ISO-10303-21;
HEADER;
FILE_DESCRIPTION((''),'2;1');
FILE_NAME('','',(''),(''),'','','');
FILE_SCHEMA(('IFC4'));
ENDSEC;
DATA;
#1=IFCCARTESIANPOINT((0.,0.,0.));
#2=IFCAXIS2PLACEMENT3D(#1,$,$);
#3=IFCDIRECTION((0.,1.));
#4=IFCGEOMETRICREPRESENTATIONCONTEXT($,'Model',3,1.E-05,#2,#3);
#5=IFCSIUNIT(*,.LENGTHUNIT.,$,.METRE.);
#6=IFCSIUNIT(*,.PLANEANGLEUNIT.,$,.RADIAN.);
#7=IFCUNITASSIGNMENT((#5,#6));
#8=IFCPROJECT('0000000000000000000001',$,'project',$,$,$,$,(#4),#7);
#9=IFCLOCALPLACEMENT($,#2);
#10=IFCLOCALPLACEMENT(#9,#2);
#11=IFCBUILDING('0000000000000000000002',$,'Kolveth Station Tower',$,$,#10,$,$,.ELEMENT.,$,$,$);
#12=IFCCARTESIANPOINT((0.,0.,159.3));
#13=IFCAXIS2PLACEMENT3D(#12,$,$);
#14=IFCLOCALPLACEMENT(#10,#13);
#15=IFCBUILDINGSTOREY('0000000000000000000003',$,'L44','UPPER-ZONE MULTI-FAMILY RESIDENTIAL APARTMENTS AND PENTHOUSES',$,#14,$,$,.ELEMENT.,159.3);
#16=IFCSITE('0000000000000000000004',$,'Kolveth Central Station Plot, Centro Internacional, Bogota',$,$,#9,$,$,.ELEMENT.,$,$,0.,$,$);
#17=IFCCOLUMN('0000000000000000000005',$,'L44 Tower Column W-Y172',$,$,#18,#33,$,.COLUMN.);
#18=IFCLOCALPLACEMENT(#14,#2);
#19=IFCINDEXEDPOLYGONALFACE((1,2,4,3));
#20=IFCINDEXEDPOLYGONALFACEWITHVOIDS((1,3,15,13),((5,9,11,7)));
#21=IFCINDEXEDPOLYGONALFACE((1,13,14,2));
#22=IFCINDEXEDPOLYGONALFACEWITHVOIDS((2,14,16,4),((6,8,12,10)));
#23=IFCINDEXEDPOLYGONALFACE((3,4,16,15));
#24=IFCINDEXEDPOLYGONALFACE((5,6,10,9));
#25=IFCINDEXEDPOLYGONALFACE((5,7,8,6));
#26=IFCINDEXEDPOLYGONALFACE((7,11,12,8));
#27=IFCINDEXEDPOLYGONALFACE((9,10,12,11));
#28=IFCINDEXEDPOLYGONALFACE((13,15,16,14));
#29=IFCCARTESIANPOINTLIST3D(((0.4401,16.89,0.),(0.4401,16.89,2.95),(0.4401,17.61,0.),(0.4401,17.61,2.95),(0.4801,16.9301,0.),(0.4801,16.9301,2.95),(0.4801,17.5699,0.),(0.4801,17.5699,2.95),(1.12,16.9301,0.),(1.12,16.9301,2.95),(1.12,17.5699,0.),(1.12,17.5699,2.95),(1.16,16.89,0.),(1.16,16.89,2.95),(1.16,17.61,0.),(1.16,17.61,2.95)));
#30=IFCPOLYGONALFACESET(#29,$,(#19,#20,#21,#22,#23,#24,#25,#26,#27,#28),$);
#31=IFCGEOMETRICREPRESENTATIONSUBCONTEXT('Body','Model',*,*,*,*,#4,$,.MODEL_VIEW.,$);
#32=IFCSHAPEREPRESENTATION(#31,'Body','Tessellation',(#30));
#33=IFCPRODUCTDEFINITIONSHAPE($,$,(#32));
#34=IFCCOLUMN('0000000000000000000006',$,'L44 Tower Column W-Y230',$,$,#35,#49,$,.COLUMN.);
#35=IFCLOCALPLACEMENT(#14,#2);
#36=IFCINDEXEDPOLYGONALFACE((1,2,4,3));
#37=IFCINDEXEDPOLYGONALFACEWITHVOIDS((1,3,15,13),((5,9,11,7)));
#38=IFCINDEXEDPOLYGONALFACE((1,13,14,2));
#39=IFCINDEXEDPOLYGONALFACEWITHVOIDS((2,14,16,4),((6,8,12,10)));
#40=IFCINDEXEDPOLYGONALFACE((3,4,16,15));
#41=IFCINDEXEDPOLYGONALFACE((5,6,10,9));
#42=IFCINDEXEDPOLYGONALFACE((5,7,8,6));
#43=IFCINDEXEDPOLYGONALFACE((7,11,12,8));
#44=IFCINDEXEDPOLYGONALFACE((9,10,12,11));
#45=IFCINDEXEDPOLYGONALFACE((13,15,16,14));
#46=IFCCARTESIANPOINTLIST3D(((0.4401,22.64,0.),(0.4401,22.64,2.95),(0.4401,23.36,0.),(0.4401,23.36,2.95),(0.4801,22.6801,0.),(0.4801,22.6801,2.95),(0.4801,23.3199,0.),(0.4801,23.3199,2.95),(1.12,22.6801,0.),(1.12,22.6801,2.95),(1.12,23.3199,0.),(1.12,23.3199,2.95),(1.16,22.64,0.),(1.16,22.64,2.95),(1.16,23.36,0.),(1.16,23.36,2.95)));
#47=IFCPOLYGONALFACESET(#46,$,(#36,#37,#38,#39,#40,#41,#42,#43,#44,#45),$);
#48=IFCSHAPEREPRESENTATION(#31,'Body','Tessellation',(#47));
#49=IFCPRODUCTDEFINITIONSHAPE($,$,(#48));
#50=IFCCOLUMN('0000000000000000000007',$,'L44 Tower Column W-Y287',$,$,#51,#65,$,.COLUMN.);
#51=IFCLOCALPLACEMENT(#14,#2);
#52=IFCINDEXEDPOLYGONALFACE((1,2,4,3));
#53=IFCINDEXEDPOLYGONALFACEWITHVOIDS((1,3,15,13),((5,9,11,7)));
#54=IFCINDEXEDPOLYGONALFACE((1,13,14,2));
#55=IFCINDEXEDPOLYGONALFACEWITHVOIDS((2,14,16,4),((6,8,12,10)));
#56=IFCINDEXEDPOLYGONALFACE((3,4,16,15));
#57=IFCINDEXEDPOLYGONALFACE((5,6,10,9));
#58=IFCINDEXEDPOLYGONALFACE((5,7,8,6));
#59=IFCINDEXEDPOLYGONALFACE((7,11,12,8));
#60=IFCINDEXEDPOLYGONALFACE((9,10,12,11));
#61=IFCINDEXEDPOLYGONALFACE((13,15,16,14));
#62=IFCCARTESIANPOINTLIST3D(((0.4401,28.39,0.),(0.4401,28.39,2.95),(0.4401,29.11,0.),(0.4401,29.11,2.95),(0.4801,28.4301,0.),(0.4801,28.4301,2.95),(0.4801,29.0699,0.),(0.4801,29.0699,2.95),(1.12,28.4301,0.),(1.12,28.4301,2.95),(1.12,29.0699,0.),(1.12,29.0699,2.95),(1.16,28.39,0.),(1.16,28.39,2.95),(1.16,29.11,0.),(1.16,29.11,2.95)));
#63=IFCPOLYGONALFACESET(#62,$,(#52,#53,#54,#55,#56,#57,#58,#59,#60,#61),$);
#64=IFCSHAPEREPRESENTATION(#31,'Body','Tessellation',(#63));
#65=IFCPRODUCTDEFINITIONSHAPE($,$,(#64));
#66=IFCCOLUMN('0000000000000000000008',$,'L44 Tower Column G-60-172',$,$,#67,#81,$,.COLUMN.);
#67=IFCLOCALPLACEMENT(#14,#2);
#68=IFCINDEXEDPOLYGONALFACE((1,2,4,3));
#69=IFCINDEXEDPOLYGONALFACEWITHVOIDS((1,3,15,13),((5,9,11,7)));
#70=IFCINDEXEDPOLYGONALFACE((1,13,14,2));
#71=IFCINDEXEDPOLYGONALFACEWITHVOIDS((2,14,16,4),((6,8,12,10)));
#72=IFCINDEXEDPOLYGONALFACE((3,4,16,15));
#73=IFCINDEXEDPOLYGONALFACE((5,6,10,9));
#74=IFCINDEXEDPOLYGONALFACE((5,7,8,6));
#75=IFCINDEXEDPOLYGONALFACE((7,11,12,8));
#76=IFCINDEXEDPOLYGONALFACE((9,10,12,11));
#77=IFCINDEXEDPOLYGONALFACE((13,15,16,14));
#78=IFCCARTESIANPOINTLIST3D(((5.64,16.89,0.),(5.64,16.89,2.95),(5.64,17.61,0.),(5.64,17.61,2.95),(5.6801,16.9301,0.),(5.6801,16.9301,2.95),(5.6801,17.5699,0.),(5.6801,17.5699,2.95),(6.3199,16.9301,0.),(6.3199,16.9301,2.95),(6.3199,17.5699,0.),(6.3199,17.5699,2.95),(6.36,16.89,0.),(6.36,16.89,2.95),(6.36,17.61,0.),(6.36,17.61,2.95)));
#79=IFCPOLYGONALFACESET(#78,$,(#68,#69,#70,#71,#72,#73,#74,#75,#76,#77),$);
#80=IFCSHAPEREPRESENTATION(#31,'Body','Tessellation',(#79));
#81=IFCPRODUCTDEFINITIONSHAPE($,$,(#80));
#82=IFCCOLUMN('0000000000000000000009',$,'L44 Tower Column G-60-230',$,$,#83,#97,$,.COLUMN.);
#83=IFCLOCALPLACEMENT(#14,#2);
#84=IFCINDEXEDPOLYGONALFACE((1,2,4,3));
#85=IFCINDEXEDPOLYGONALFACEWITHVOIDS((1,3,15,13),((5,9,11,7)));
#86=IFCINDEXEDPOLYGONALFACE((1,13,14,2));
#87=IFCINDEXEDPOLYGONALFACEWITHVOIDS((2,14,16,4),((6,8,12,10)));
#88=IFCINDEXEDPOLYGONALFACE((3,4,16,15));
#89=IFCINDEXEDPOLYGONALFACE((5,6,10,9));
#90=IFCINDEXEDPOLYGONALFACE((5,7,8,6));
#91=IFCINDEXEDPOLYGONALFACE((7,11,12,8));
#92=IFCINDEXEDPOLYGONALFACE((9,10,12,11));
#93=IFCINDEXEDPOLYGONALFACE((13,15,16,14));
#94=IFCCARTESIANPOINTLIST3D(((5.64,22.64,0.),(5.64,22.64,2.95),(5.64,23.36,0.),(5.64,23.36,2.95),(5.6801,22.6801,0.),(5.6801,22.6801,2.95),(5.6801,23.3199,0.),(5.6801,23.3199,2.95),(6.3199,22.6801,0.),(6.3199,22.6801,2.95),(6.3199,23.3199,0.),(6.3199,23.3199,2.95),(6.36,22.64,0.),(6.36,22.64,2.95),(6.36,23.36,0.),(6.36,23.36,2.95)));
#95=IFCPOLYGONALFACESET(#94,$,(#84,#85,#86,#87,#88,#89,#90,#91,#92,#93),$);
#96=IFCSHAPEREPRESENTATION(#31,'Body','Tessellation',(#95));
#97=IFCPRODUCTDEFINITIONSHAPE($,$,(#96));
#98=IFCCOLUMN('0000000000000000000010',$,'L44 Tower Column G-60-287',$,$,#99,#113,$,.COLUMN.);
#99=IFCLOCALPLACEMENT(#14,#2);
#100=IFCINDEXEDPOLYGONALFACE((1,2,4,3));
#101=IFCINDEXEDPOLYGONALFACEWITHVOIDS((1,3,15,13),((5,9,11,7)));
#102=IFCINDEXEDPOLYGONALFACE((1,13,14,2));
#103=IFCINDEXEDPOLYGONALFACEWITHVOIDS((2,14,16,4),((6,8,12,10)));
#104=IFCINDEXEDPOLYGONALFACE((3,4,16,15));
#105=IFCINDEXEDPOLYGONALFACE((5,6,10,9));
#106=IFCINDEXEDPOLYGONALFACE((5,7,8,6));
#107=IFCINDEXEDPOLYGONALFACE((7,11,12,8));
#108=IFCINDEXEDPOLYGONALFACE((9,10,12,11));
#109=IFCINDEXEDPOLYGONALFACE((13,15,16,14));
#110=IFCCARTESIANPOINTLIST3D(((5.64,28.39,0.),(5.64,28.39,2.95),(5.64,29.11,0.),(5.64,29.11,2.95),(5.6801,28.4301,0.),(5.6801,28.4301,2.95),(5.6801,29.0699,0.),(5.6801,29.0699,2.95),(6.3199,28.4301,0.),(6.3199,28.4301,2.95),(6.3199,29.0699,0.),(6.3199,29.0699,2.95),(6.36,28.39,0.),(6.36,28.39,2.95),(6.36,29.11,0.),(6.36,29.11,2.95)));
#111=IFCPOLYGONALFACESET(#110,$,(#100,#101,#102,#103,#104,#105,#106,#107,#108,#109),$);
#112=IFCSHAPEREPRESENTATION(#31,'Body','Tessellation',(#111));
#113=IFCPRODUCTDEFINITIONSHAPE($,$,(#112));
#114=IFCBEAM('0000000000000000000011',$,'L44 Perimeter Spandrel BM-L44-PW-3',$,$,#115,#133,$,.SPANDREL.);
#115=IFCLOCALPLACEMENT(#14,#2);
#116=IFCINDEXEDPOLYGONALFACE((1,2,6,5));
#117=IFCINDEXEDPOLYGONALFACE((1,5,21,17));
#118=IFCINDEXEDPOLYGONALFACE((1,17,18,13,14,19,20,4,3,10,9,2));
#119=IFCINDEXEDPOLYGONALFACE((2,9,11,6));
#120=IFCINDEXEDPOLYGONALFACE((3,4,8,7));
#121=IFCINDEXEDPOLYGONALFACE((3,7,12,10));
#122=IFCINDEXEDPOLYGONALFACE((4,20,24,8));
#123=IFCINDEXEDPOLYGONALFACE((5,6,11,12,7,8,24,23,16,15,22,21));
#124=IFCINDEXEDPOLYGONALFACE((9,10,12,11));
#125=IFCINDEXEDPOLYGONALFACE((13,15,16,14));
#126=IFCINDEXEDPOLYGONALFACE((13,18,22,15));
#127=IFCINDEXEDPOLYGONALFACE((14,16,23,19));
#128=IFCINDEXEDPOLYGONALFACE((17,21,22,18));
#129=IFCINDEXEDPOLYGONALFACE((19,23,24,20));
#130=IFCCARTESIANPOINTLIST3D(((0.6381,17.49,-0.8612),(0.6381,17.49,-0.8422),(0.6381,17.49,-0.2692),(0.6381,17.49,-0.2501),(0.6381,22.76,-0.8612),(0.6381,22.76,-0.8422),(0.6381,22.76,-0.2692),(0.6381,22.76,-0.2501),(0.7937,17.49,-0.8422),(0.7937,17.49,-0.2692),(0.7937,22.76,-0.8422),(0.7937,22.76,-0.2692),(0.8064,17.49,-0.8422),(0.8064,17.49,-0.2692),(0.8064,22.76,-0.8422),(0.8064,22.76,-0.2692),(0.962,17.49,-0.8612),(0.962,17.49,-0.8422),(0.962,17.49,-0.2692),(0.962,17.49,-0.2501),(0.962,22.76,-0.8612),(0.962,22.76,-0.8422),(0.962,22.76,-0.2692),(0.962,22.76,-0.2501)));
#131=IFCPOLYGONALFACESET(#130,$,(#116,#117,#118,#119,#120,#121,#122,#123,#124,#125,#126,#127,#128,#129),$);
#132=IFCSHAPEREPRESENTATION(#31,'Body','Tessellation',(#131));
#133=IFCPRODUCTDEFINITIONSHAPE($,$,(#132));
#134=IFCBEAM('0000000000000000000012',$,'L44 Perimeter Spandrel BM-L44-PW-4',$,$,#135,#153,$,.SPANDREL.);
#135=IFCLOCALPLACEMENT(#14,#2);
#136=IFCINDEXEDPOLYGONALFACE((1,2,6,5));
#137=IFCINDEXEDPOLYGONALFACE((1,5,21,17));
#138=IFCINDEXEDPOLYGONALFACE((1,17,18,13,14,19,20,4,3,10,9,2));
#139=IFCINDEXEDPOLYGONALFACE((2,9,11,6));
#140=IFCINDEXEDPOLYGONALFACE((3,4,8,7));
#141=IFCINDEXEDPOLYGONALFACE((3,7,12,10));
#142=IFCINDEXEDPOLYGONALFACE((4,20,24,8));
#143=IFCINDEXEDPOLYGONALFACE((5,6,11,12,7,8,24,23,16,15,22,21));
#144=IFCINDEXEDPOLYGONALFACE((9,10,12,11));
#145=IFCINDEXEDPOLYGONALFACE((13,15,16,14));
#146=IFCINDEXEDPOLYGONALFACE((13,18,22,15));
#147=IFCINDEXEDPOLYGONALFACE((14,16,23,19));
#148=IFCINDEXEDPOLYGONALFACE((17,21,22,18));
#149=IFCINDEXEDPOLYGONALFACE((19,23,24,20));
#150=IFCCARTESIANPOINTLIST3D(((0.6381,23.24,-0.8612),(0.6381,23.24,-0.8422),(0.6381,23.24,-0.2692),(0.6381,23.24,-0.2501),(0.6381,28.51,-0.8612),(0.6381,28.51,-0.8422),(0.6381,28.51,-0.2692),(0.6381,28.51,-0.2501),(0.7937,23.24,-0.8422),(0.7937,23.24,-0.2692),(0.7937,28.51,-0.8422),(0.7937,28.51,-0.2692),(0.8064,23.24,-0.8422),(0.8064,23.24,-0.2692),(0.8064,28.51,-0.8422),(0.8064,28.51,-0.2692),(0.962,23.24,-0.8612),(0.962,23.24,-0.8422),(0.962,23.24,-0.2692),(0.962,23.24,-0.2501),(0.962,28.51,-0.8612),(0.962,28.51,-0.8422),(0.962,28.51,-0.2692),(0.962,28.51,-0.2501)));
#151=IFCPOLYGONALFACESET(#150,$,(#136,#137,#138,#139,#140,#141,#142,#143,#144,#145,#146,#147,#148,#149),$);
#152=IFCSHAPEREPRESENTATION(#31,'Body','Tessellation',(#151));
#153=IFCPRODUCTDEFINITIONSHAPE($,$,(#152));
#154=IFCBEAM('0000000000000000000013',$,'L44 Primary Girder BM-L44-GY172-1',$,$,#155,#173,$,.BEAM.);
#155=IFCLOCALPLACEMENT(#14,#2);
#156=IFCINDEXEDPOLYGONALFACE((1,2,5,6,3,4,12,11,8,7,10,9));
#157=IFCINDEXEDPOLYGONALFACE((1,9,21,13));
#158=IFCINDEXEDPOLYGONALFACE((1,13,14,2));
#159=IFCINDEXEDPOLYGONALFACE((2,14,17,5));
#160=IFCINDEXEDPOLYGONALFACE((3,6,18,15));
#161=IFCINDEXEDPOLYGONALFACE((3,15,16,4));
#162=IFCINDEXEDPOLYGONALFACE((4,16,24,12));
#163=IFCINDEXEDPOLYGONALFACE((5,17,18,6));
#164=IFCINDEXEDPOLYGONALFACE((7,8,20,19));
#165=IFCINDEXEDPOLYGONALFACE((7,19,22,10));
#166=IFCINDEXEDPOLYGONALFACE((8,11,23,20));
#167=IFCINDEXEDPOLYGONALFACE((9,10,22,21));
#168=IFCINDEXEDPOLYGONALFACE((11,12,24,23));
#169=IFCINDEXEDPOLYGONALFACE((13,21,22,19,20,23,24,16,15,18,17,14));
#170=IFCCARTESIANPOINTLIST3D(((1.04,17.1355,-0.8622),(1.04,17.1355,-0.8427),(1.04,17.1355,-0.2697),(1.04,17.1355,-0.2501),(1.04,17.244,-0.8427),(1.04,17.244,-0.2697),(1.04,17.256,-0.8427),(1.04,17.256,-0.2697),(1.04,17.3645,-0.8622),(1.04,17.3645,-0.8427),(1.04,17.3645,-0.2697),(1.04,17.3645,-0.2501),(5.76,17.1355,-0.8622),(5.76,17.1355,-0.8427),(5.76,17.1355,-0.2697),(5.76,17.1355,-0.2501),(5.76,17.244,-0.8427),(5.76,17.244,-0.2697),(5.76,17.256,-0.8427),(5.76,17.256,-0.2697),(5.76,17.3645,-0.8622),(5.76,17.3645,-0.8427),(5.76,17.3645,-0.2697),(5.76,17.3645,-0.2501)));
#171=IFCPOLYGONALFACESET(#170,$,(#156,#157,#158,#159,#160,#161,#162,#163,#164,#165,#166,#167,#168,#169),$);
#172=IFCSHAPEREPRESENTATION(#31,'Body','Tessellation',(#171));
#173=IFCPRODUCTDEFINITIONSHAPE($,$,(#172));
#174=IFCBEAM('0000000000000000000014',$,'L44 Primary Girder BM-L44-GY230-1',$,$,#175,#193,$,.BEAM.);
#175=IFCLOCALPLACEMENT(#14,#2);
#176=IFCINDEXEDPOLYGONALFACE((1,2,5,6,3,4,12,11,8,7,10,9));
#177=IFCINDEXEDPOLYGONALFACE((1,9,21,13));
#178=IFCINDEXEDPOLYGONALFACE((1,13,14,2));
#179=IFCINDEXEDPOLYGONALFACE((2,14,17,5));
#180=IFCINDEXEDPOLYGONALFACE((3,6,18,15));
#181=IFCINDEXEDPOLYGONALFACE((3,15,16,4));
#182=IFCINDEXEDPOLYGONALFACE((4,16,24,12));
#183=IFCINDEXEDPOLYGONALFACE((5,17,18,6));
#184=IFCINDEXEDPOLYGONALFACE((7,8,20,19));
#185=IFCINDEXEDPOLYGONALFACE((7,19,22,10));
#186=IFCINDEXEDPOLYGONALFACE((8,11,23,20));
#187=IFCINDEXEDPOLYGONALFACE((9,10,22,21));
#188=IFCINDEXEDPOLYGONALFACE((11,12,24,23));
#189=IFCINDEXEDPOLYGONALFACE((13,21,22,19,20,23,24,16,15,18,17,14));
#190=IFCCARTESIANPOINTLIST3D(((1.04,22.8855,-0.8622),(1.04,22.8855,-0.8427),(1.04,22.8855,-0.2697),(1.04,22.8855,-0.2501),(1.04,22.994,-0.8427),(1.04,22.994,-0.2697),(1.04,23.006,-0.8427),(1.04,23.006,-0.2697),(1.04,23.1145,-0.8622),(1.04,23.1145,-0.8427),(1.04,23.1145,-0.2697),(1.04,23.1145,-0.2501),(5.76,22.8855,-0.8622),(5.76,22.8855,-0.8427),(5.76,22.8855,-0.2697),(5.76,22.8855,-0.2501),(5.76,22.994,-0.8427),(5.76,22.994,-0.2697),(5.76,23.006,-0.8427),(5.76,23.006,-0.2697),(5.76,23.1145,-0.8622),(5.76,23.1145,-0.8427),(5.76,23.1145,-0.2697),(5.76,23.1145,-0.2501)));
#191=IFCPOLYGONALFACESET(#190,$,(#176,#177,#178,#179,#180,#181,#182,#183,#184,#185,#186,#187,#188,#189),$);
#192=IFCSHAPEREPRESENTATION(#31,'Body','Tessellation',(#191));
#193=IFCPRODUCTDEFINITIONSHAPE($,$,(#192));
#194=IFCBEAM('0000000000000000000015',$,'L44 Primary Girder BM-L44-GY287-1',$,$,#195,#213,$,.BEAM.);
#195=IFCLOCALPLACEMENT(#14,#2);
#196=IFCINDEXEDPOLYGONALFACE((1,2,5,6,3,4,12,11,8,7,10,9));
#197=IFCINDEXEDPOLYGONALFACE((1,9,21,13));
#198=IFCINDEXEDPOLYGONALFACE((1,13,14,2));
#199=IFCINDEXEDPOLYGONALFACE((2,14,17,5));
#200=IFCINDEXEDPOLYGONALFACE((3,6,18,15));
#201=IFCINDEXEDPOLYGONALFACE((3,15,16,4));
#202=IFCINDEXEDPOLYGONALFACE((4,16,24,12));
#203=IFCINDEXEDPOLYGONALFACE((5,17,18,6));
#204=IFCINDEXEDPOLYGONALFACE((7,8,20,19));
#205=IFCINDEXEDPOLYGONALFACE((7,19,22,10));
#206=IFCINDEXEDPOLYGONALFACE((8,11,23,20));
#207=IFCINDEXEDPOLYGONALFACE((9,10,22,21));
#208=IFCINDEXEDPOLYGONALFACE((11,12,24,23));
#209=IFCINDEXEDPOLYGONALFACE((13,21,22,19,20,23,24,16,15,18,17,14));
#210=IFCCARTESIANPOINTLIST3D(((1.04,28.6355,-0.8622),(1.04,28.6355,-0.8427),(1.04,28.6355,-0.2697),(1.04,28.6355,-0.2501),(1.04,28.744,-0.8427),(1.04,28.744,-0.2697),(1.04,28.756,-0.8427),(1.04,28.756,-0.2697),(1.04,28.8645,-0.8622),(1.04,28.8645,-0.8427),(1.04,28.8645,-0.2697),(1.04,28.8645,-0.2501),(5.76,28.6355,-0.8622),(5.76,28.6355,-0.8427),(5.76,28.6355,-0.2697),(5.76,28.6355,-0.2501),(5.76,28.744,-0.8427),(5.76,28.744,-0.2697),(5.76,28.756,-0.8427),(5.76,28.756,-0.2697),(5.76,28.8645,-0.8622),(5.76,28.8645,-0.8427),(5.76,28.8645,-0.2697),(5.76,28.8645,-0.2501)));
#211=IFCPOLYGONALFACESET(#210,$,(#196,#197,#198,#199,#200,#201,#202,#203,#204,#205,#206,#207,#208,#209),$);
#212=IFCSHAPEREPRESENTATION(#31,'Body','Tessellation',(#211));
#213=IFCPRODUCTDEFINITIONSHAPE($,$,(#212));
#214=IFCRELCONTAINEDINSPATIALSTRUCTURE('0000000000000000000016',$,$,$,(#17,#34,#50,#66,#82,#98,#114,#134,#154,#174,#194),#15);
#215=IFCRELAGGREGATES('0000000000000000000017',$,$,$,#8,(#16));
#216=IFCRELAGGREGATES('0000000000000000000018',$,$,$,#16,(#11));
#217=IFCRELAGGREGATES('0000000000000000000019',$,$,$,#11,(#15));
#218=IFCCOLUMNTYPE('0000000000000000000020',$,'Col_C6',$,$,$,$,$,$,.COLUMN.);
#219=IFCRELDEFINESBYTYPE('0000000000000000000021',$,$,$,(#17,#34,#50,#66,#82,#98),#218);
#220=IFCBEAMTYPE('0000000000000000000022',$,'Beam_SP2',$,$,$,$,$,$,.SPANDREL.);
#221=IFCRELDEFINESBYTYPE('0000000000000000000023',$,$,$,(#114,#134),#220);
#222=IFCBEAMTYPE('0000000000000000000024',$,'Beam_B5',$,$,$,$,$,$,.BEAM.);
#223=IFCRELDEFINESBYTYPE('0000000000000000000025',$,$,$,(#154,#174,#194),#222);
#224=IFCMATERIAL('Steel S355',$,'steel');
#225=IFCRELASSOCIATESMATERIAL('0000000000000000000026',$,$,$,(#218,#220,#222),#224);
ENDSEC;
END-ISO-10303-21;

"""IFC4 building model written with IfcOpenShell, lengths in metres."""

from ifc_helpers import new_model, si_unit, direction, frame, origin, origin_2d, place, context, subcontext, project, spatial, hollow_rectangle, i_section, extrude, source, transform, mapped, material, material_profile, profile_set, type_object, element, save


model = new_model("IFC4")

# Units and contexts
model_context = context("Model", 3, precision=1e-05, world=origin(), true_north=direction((0.0, 1.0)))
body_context = subcontext(model_context, "Body", "Model", "MODEL_VIEW")
ifc_project = project(units=[si_unit("LENGTHUNIT", "METRE"), si_unit("PLANEANGLEUNIT", "RADIAN")], contexts=[model_context])

# Site, building, storey
site_placement = place(None, origin())
site = spatial("IfcSite", under=ifc_project, at=site_placement, Name="Kolveth Central Station Plot, Centro Internacional, Bogota", CompositionType="ELEMENT", RefElevation=0.0)
building_placement = place(site_placement, origin())
building = spatial("IfcBuilding", under=site, at=building_placement, Name="Kolveth Station Tower", CompositionType="ELEMENT")
storey_placement = place(building_placement, frame((0.0, 0.0, 159.3)))
storey = spatial("IfcBuildingStorey", under=building, at=storey_placement, Name="L44", Description="UPPER-ZONE MULTI-FAMILY RESIDENTIAL APARTMENTS AND PENTHOUSES", CompositionType="ELEMENT", Elevation=159.3)

# Columns
ifc_material_1 = material(Name="Steel S355", Category="steel")
ifc_material_profile_1 = material_profile(ifc_material_1, hollow_rectangle(XDim=0.72, YDim=0.72, WallThickness=0.04, at=origin_2d()), Name="BOX720x720x40")
ifc_profile_set_1 = profile_set([ifc_material_profile_1], Name="Steel S355")
column_type = type_object("IfcColumnType", Name="Col_C6", PredefinedType="COLUMN", material=ifc_profile_set_1)
shared_shape_1 = source(origin(), body_context, "Body", "SweptSolid", [
    extrude(hollow_rectangle(XDim=0.72, YDim=0.72, WallThickness=0.04, at=origin_2d()), origin(), (0.0, 0.0, 1.0), 2.95),
])
for number, where, z_axis, x_axis, name in (
    (1, (0.8, 17.25, 0.0), (0.0, 0.0, 1.0), (1.0, 0.0, 0.0), "L44 Tower Column W-Y172"),
    (2, (0.8, 23.0, 0.0), (0.0, 0.0, 1.0), (1.0, 0.0, 0.0), "L44 Tower Column W-Y230"),
    (3, (0.8, 28.75, 0.0), (0.0, 0.0, 1.0), (1.0, 0.0, 0.0), "L44 Tower Column W-Y287"),
    (4, (6.0, 17.25, 0.0), (0.0, 0.0, 1.0), (1.0, 0.0, 0.0), "L44 Tower Column G-60-172"),
    (5, (6.0, 23.0, 0.0), (0.0, 0.0, 1.0), (1.0, 0.0, 0.0), "L44 Tower Column G-60-230"),
    (6, (6.0, 28.75, 0.0), (0.0, 0.0, 1.0), (1.0, 0.0, 0.0), "L44 Tower Column G-60-287"),
):
    element("IfcColumn", number, at=place(storey_placement, frame(where, z_axis=z_axis, x_axis=x_axis)), inside=storey, type_object=column_type, Name=name, PredefinedType="COLUMN", context=body_context, shape_type="MappedRepresentation", body=[
        mapped(shared_shape_1, transform((0.0, 0.0, 0.0), x_axis=(1.0, 0.0, 0.0), y_axis=(0.0, 1.0, 0.0), z_axis=(0.0, 0.0, 1.0), scale=1.0)),
    ])

# Beams
ifc_material_profile_2 = material_profile(ifc_material_1, i_section(OverallWidth=0.324, OverallDepth=0.6111, WebThickness=0.0127, FlangeThickness=0.019, at=origin_2d()), Name="W610x155")
ifc_profile_set_2 = profile_set([ifc_material_profile_2], Name="Steel S355")
beam_type_1 = type_object("IfcBeamType", Name="Beam_SP2", PredefinedType="SPANDREL", material=ifc_profile_set_2)
shared_shape_2 = source(origin(), body_context, "Body", "SweptSolid", [
    extrude(i_section(OverallWidth=0.324, OverallDepth=0.6111, WebThickness=0.0127, FlangeThickness=0.019, at=origin_2d()), origin(), (0.0, 0.0, 1.0), 5.27),
])
for number, where, z_axis, x_axis, name in (
    (7, (0.8, 17.49, -0.5557), (0.0, 1.0, 0.0), (-1.0, 0.0, 0.0), "L44 Perimeter Spandrel BM-L44-PW-3"),
    (8, (0.8, 23.24, -0.5557), (0.0, 1.0, 0.0), (-1.0, 0.0, 0.0), "L44 Perimeter Spandrel BM-L44-PW-4"),
):
    element("IfcBeam", number, at=place(storey_placement, frame(where, z_axis=z_axis, x_axis=x_axis)), inside=storey, type_object=beam_type_1, Name=name, PredefinedType="SPANDREL", context=body_context, shape_type="MappedRepresentation", body=[
        mapped(shared_shape_2, transform((0.0, 0.0, 0.0), x_axis=(1.0, 0.0, 0.0), y_axis=(0.0, 1.0, 0.0), z_axis=(0.0, 0.0, 1.0), scale=1.0)),
    ])
ifc_material_profile_3 = material_profile(ifc_material_1, i_section(OverallWidth=0.229, OverallDepth=0.6121, WebThickness=0.012, FlangeThickness=0.0195, at=origin_2d()), Name="W610x125")
ifc_profile_set_3 = profile_set([ifc_material_profile_3], Name="Steel S355")
beam_type_2 = type_object("IfcBeamType", Name="Beam_B5", PredefinedType="BEAM", material=ifc_profile_set_3)
shared_shape_3 = source(origin(), body_context, "Body", "SweptSolid", [
    extrude(i_section(OverallWidth=0.229, OverallDepth=0.6121, WebThickness=0.012, FlangeThickness=0.0195, at=origin_2d()), origin(), (0.0, 0.0, 1.0), 4.72),
])
for number, where, z_axis, x_axis, name in (
    (9, (1.04, 17.25, -0.5562), (1.0, 0.0, 0.0), (0.0, 1.0, 0.0), "L44 Primary Girder BM-L44-GY172-1"),
    (10, (1.04, 23.0, -0.5562), (1.0, 0.0, 0.0), (0.0, 1.0, 0.0), "L44 Primary Girder BM-L44-GY230-1"),
    (11, (1.04, 28.75, -0.5562), (1.0, 0.0, 0.0), (0.0, 1.0, 0.0), "L44 Primary Girder BM-L44-GY287-1"),
):
    element("IfcBeam", number, at=place(storey_placement, frame(where, z_axis=z_axis, x_axis=x_axis)), inside=storey, type_object=beam_type_2, Name=name, PredefinedType="BEAM", context=body_context, shape_type="MappedRepresentation", body=[
        mapped(shared_shape_3, transform((0.0, 0.0, 0.0), x_axis=(1.0, 0.0, 0.0), y_axis=(0.0, 1.0, 0.0), z_axis=(0.0, 0.0, 1.0), scale=1.0)),
    ])

save(model, "model.ifc")
